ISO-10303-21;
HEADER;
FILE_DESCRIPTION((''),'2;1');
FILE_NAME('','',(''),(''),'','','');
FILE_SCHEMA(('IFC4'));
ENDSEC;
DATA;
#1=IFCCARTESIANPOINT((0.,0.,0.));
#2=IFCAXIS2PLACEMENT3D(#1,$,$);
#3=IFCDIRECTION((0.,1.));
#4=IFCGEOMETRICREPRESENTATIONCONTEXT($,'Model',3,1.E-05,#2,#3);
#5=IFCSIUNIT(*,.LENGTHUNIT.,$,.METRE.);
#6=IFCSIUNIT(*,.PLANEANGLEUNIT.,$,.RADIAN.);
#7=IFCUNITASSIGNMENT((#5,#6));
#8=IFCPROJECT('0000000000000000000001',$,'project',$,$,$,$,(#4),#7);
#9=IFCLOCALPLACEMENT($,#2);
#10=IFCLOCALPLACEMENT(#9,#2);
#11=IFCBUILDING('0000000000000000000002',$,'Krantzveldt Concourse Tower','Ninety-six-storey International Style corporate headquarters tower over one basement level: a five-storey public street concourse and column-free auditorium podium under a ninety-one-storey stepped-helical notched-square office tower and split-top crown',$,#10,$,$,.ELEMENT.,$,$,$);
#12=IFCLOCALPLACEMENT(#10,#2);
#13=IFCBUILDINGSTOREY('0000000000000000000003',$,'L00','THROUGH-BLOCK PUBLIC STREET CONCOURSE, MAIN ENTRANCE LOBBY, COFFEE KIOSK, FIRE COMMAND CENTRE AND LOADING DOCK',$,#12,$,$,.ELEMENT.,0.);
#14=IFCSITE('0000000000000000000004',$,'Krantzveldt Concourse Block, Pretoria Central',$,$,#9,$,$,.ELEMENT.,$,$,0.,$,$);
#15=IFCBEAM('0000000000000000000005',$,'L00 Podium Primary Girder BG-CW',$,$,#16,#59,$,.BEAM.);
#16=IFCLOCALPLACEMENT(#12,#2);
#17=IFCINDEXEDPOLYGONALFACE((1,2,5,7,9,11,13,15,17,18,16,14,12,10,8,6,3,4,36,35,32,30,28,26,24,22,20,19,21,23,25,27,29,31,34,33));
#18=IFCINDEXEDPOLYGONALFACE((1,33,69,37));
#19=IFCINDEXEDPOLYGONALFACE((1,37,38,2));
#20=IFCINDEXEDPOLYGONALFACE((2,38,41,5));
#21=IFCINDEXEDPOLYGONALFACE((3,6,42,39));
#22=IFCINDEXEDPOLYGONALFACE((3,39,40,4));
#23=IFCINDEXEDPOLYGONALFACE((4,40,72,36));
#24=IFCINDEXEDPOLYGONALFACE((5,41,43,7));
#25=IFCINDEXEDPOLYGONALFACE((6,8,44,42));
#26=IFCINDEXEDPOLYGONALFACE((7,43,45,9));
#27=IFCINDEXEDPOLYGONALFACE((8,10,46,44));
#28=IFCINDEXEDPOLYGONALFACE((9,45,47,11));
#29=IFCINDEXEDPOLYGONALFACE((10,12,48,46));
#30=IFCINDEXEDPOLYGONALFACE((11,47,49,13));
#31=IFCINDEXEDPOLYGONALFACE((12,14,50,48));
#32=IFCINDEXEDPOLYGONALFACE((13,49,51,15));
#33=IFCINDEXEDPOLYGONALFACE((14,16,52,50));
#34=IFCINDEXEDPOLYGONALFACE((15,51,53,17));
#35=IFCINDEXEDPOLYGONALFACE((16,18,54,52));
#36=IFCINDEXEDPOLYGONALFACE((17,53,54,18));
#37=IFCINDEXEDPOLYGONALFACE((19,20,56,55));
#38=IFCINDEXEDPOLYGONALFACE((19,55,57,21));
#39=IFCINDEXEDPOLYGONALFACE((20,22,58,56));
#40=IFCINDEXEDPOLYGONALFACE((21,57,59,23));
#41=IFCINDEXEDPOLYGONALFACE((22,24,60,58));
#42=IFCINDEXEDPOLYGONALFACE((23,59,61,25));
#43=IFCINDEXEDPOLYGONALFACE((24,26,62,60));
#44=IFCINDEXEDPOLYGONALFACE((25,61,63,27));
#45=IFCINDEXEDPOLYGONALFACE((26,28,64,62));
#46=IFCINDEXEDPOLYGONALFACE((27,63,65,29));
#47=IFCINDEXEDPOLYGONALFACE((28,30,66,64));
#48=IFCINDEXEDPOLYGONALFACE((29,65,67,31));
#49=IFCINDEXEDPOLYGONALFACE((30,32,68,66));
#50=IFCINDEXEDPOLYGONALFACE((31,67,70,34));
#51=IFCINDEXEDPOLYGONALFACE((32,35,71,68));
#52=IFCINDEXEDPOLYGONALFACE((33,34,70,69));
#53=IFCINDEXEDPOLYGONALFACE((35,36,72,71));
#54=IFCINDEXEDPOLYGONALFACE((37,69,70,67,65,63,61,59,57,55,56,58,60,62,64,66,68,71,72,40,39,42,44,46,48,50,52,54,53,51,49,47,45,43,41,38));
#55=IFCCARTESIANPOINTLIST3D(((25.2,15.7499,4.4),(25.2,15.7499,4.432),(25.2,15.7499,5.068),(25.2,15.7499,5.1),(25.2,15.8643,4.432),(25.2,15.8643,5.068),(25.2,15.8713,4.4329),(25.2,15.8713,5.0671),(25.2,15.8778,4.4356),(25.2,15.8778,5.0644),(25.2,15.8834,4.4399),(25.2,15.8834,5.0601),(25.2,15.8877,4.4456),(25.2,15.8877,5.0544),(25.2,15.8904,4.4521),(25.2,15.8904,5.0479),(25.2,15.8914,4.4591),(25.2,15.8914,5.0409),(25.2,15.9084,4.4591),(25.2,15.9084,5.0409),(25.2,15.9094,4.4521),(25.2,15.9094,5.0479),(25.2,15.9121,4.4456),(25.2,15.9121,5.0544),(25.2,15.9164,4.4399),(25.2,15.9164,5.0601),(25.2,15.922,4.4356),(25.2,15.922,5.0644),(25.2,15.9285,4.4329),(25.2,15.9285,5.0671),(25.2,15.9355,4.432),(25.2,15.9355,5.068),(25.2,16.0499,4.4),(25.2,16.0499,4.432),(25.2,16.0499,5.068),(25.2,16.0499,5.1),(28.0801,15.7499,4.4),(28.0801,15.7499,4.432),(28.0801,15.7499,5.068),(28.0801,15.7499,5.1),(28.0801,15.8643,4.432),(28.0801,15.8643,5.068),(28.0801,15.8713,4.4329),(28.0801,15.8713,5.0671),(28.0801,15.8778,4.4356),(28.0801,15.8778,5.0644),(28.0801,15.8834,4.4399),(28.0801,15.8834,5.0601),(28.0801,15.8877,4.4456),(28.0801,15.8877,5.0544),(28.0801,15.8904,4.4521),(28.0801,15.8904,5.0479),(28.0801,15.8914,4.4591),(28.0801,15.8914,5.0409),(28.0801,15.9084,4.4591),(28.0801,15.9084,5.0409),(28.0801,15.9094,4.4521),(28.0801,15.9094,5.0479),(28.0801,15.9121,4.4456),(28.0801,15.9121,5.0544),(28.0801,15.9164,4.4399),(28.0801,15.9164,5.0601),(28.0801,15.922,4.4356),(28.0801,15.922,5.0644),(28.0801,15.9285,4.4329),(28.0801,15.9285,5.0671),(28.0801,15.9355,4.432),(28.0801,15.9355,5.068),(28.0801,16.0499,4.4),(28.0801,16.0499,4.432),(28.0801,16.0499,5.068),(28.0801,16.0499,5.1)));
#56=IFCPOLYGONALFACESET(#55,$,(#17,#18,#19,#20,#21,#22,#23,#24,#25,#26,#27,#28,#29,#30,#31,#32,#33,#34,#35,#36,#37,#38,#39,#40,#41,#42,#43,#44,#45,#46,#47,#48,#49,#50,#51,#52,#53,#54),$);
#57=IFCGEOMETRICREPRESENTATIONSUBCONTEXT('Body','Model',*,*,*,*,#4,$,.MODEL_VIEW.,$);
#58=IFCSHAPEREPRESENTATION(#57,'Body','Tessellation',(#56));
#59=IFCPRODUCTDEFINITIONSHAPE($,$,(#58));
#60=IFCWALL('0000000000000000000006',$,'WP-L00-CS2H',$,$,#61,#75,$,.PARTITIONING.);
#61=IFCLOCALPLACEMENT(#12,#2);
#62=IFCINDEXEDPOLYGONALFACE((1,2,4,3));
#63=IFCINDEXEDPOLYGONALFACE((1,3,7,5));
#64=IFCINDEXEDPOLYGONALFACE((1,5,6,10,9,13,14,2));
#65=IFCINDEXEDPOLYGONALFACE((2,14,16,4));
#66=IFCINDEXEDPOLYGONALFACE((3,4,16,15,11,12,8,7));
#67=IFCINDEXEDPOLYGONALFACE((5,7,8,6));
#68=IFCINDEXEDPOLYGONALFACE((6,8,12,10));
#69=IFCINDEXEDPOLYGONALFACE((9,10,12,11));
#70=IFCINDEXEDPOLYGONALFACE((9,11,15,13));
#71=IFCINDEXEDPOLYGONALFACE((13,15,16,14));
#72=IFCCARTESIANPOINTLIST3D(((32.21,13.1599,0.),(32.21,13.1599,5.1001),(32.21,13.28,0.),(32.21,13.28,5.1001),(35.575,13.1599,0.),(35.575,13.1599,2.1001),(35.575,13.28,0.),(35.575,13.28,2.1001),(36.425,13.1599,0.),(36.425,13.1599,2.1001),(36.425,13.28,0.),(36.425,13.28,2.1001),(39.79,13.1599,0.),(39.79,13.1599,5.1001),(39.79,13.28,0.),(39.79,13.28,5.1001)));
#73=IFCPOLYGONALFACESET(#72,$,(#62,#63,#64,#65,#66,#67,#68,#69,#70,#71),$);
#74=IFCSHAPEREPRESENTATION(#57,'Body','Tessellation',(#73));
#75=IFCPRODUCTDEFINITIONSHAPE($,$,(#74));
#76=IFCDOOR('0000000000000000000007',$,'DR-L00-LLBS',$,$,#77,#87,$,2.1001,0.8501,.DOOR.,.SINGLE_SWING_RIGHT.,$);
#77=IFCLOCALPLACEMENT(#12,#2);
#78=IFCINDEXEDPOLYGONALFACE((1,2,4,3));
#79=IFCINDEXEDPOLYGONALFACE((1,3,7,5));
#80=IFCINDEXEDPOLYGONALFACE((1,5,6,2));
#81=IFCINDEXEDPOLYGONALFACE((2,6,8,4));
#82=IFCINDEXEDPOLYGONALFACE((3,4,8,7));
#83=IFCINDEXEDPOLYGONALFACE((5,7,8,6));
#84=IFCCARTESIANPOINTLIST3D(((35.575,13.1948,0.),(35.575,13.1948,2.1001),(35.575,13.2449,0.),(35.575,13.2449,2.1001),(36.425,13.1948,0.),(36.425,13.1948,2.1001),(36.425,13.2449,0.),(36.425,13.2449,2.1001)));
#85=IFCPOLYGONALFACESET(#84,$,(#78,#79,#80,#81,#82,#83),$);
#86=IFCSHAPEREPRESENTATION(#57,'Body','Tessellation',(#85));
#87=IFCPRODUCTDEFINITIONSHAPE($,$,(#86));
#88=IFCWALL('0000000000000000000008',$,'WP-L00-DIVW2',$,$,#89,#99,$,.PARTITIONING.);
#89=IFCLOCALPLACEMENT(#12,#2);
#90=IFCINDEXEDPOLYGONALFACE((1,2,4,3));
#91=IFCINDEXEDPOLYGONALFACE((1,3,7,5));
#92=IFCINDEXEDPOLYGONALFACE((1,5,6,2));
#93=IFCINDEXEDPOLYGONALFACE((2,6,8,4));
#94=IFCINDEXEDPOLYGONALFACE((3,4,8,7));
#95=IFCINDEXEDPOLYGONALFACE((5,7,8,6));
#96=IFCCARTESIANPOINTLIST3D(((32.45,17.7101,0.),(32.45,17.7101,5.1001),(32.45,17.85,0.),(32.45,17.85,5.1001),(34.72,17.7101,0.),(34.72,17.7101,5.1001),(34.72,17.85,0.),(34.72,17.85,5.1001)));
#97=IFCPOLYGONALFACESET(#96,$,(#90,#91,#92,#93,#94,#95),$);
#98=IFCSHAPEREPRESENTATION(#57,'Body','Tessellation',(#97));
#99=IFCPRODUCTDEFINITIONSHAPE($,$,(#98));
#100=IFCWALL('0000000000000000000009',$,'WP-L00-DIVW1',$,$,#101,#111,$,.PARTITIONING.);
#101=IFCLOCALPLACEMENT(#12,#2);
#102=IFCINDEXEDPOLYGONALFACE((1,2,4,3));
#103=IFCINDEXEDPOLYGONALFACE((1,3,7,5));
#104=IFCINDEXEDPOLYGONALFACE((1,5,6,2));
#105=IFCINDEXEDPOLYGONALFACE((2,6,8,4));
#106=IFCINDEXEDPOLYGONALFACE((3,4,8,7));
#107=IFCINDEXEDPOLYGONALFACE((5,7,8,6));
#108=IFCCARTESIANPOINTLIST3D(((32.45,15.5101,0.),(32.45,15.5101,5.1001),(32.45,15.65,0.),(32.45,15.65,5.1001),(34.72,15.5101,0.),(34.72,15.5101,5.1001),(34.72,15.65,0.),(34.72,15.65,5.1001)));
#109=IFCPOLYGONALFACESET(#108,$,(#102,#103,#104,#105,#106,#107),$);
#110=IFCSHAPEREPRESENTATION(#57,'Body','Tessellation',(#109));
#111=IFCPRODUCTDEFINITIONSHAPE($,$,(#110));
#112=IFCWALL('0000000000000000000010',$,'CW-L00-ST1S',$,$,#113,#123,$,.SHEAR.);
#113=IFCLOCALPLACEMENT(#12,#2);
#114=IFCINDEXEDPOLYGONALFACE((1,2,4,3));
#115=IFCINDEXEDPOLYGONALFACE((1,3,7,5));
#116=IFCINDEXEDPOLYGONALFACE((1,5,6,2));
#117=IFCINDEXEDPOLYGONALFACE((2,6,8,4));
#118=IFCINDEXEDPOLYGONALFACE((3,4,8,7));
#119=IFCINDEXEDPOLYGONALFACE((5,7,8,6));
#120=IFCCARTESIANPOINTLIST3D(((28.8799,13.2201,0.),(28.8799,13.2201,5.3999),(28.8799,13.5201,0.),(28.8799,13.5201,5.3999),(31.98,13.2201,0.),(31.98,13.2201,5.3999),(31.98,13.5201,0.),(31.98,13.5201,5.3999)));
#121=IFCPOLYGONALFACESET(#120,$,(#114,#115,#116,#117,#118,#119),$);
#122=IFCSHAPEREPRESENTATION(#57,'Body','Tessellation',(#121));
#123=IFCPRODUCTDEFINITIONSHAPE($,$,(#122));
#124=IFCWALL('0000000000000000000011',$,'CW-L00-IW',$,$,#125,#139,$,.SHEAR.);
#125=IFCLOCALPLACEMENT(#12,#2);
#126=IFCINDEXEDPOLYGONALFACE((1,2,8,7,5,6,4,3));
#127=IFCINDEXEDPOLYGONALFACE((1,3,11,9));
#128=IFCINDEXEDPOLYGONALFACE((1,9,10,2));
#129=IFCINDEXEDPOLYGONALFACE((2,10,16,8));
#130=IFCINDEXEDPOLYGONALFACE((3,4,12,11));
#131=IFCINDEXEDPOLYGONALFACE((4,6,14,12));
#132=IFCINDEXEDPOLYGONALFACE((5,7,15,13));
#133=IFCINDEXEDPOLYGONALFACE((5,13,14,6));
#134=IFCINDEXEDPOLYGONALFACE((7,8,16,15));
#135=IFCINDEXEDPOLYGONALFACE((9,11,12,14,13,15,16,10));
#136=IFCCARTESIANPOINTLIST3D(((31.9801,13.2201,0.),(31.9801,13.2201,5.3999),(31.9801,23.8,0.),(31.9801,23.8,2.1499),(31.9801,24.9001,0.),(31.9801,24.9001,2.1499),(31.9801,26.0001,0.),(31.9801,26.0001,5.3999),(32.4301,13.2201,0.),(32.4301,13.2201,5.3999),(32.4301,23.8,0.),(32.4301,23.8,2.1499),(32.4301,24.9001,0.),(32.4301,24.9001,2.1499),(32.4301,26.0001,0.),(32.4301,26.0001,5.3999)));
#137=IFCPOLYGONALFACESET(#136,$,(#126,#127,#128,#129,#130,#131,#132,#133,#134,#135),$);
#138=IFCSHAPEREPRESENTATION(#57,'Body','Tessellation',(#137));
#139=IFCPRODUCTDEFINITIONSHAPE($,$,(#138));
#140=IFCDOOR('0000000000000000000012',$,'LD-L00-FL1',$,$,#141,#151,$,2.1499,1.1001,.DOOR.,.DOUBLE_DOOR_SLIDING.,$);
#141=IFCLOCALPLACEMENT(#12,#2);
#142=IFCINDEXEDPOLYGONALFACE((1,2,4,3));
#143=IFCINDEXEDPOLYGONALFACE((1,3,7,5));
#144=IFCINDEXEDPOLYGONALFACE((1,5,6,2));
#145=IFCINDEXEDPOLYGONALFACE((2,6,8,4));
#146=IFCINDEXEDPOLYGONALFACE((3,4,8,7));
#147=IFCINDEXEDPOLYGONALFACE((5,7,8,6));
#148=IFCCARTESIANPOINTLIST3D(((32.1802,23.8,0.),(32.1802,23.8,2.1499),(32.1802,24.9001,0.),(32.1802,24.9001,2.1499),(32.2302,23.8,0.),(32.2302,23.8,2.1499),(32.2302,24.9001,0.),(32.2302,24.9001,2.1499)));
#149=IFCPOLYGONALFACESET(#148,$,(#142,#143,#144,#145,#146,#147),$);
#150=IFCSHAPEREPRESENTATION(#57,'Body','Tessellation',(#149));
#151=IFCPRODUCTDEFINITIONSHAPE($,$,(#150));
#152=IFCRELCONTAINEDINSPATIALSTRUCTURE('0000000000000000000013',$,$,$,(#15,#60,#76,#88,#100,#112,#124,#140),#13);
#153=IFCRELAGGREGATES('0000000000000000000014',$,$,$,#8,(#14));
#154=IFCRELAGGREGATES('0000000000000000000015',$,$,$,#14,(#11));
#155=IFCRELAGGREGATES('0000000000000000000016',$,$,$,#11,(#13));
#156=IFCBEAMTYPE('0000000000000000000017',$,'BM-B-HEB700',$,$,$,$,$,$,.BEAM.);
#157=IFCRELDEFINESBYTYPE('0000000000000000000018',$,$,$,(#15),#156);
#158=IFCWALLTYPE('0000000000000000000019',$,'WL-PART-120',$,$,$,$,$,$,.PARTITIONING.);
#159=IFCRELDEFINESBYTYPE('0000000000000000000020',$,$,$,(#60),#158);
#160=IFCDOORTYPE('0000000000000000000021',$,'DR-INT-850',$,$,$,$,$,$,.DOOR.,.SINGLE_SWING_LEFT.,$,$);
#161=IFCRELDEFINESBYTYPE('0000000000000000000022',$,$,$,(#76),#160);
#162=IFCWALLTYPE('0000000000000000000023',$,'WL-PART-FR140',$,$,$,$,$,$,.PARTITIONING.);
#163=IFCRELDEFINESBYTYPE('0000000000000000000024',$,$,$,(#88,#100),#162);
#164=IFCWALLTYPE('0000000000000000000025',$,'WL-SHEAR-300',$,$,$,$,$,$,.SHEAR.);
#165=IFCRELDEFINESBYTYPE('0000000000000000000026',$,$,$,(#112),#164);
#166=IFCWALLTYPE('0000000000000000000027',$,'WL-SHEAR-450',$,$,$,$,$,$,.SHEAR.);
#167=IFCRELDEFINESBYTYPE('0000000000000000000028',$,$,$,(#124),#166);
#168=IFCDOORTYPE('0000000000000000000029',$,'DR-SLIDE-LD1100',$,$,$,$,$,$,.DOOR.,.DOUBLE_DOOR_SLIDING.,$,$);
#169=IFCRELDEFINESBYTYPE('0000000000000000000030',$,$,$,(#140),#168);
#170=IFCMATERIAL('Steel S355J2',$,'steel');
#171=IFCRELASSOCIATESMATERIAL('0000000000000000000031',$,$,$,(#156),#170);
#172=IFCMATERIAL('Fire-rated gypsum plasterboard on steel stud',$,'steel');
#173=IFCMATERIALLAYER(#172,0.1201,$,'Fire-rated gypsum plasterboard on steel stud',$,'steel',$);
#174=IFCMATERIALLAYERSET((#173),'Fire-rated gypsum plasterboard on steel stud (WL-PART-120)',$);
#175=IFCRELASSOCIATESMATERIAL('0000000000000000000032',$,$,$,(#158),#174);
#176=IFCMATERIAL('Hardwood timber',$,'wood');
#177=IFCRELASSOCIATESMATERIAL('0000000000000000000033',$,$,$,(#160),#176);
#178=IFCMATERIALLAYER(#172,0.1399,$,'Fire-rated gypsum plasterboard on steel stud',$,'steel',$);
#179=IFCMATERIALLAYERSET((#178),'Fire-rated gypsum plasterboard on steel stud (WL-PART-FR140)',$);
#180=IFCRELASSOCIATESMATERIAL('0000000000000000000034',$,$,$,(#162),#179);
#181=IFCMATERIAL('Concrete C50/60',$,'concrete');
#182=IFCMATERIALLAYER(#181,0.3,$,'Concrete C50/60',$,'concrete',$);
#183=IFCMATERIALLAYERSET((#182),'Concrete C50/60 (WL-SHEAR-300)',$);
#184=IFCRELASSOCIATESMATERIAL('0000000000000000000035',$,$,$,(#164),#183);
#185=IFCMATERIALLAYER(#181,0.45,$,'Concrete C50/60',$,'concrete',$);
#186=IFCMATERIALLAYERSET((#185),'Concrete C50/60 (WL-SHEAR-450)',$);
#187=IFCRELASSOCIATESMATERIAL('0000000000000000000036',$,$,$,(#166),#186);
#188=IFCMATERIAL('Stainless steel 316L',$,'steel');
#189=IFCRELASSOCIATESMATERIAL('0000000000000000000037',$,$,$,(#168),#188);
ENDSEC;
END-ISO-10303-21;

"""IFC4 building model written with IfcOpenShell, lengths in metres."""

from ifc_helpers import new_model, si_unit, direction, frame, frame_2d, origin, origin_2d, place, context, subcontext, project, spatial, rectangle, i_section, extrude, source, transform, mapped, material, layer, layer_set, material_profile, profile_set, type_object, element, fill, save


model = new_model("IFC4")

# Units and contexts
model_context = context("Model", 3, precision=1e-05, world=origin(), true_north=direction((0.0, 1.0)))
body_context = subcontext(model_context, "Body", "Model", "MODEL_VIEW")
ifc_project = project(units=[si_unit("LENGTHUNIT", "METRE"), si_unit("PLANEANGLEUNIT", "RADIAN")], contexts=[model_context])

# Site, building, storey
site_placement = place(None, origin())
site = spatial("IfcSite", under=ifc_project, at=site_placement, Name="Krantzveldt Concourse Block, Pretoria Central", CompositionType="ELEMENT", RefElevation=0.0)
building_placement = place(site_placement, origin())
building = spatial("IfcBuilding", under=site, at=building_placement, Name="Krantzveldt Concourse Tower", Description="Ninety-six-storey International Style corporate headquarters tower over one basement level: a five-storey public street concourse and column-free auditorium podium under a ninety-one-storey stepped-helical notched-square office tower and split-top crown", CompositionType="ELEMENT")
storey_placement = place(building_placement, origin())
storey = spatial("IfcBuildingStorey", under=building, at=storey_placement, Name="L00", Description="THROUGH-BLOCK PUBLIC STREET CONCOURSE, MAIN ENTRANCE LOBBY, COFFEE KIOSK, FIRE COMMAND CENTRE AND LOADING DOCK", CompositionType="ELEMENT", Elevation=0.0)

# Beam
ifc_material_1 = material(Name="Steel S355J2", Category="steel")
ifc_material_profile_1 = material_profile(ifc_material_1, i_section(OverallWidth=0.3, OverallDepth=0.7, WebThickness=0.0171, FlangeThickness=0.032, FilletRadius=0.0271, at=origin_2d()), Name="Steel S355J2", Category="steel")
ifc_profile_set_1 = profile_set([ifc_material_profile_1], Name="Steel S355J2 - HEB 700")
beam_type_1 = type_object("IfcBeamType", Name="BM-B-HEB700", PredefinedType="BEAM", material=ifc_profile_set_1)
shared_shape_1 = source(origin(), body_context, "Body", "SweptSolid", [
    extrude(i_section(OverallWidth=0.3, OverallDepth=0.7, WebThickness=0.0171, FlangeThickness=0.032, FilletRadius=0.0271, at=origin_2d()), origin(), (0.0, 0.0, 1.0), 2.8801),
])
beam_1_placement = place(storey_placement, frame((25.2, 15.8999, 4.75), z_axis=(1.0, 0.0, 0.0), x_axis=(0.0, 1.0, 0.0)))
element("IfcBeam", 1, at=beam_1_placement, inside=storey, type_object=beam_type_1, Name="L00 Podium Primary Girder BG-CW", PredefinedType="BEAM", context=body_context, shape_type="MappedRepresentation", body=[
    mapped(shared_shape_1, transform((0.0, 0.0, 0.0), x_axis=(1.0, 0.0, 0.0), y_axis=(0.0, 1.0, 0.0), z_axis=(0.0, 0.0, 1.0), scale=1.0)),
])

# Wall, opening, door
ifc_material_2 = material(Name="Fire-rated gypsum plasterboard on steel stud", Category="steel")
ifc_layer_1 = layer(ifc_material_2, 0.1201, Name="Fire-rated gypsum plasterboard on steel stud", Category="steel")
ifc_layer_set_1 = layer_set([ifc_layer_1], Name="Fire-rated gypsum plasterboard on steel stud (WL-PART-120)")
wall_type_1 = type_object("IfcWallType", Name="WL-PART-120", PredefinedType="PARTITIONING", material=ifc_layer_set_1)
wall_1_placement = place(storey_placement, frame((32.21, 13.22, 0.0), z_axis=(0.0, 0.0, 1.0), x_axis=(1.0, 0.0, 0.0)))
wall_1 = element("IfcWall", 2, at=wall_1_placement, inside=storey, type_object=wall_type_1, Name="WP-L00-CS2H", PredefinedType="PARTITIONING", context=body_context, shape_type="SweptSolid", body=[
    extrude(rectangle(XDim=7.5801, YDim=0.1201, at=frame_2d((3.79, 0.0))), origin(), (0.0, 0.0, 1.0), 5.1001),
])
opening_1_placement = place(wall_1_placement, frame((3.365, 0.0, 0.0)))
opening_1 = element("IfcOpeningElement", 3, at=opening_1_placement, cuts=wall_1, PredefinedType="OPENING", context=body_context, shape_type="SweptSolid", body=[
    extrude(rectangle(XDim=0.8501, YDim=2.1001, at=frame_2d((0.425, 1.05))), frame((0.0, 0.0701, 0.0), z_axis=(0.0, -1.0, 0.0), x_axis=(1.0, 0.0, 0.0)), (0.0, 0.0, 1.0), 0.1401),
])
ifc_material_3 = material(Name="Hardwood timber", Category="wood")
door_type_1 = type_object("IfcDoorType", Name="DR-INT-850", OperationType="SINGLE_SWING_LEFT", PredefinedType="DOOR", material=ifc_material_3)
door_1_placement = place(opening_1_placement, origin())
door_1 = element("IfcDoor", 4, at=door_1_placement, inside=storey, type_object=door_type_1, Name="DR-L00-LLBS", OperationType="SINGLE_SWING_RIGHT", OverallHeight=2.1001, OverallWidth=0.8501, PredefinedType="DOOR", context=body_context, shape_type="SweptSolid", body=[
    extrude(rectangle(XDim=0.8501, YDim=2.1001, at=frame_2d((0.425, 1.05))), frame((0.0, 0.0249, 0.0), z_axis=(0.0, -1.0, 0.0), x_axis=(1.0, 0.0, 0.0)), (0.0, 0.0, 1.0), 0.05),
])
fill(opening_1, door_1)

# Walls
ifc_layer_2 = layer(ifc_material_2, 0.1399, Name="Fire-rated gypsum plasterboard on steel stud", Category="steel")
ifc_layer_set_2 = layer_set([ifc_layer_2], Name="Fire-rated gypsum plasterboard on steel stud (WL-PART-FR140)")
wall_type_2 = type_object("IfcWallType", Name="WL-PART-FR140", PredefinedType="PARTITIONING", material=ifc_layer_set_2)
for number, where, z_axis, x_axis, name in (
    (5, (32.45, 17.78, 0.0), (0.0, 0.0, 1.0), (1.0, 0.0, 0.0), "WP-L00-DIVW2"),
    (6, (32.45, 15.5801, 0.0), (0.0, 0.0, 1.0), (1.0, 0.0, 0.0), "WP-L00-DIVW1"),
):
    element("IfcWall", number, at=place(storey_placement, frame(where, z_axis=z_axis, x_axis=x_axis)), inside=storey, type_object=wall_type_2, Name=name, PredefinedType="PARTITIONING", context=body_context, shape_type="SweptSolid", body=[
        extrude(rectangle(XDim=2.27, YDim=0.1399, at=frame_2d((1.135, 0.0))), origin(), (0.0, 0.0, 1.0), 5.1001),
    ])
ifc_material_4 = material(Name="Concrete C50/60", Category="concrete")
ifc_layer_3 = layer(ifc_material_4, 0.3, Name="Concrete C50/60", Category="concrete")
ifc_layer_set_3 = layer_set([ifc_layer_3], Name="Concrete C50/60 (WL-SHEAR-300)")
wall_type_3 = type_object("IfcWallType", Name="WL-SHEAR-300", PredefinedType="SHEAR", material=ifc_layer_set_3)
wall_2_placement = place(storey_placement, frame((28.8799, 13.3701, 0.0), z_axis=(0.0, 0.0, 1.0), x_axis=(1.0, 0.0, 0.0)))
element("IfcWall", 7, at=wall_2_placement, inside=storey, type_object=wall_type_3, Name="CW-L00-ST1S", PredefinedType="SHEAR", context=body_context, shape_type="SweptSolid", body=[
    extrude(rectangle(XDim=3.1001, YDim=0.3, at=frame_2d((1.55, 0.0))), origin(), (0.0, 0.0, 1.0), 5.3999),
])

# Wall, opening, door
ifc_layer_4 = layer(ifc_material_4, 0.45, Name="Concrete C50/60", Category="concrete")
ifc_layer_set_4 = layer_set([ifc_layer_4], Name="Concrete C50/60 (WL-SHEAR-450)")
wall_type_4 = type_object("IfcWallType", Name="WL-SHEAR-450", PredefinedType="SHEAR", material=ifc_layer_set_4)
wall_3_placement = place(storey_placement, frame((32.2051, 13.22, 0.0), z_axis=(0.0, 0.0, 1.0), x_axis=(0.0, 1.0, 0.0)))
wall_3 = element("IfcWall", 8, at=wall_3_placement, inside=storey, type_object=wall_type_4, Name="CW-L00-IW", PredefinedType="SHEAR", context=body_context, shape_type="SweptSolid", body=[
    extrude(rectangle(XDim=12.78, YDim=0.45, at=frame_2d((6.3901, 0.0))), origin(), (0.0, 0.0, 1.0), 5.3999),
])
opening_2_placement = place(wall_3_placement, frame((10.5801, 0.0, 0.0)))
opening_2 = element("IfcOpeningElement", 9, at=opening_2_placement, cuts=wall_3, PredefinedType="OPENING", context=body_context, shape_type="SweptSolid", body=[
    extrude(rectangle(XDim=1.1001, YDim=2.1499, at=frame_2d((0.55, 1.075))), frame((0.0, 0.2349, 0.0), z_axis=(0.0, -1.0, 0.0), x_axis=(1.0, 0.0, 0.0)), (0.0, 0.0, 1.0), 0.47),
])
ifc_material_5 = material(Name="Stainless steel 316L", Category="steel")
door_type_2 = type_object("IfcDoorType", Name="DR-SLIDE-LD1100", OperationType="DOUBLE_DOOR_SLIDING", PredefinedType="DOOR", material=ifc_material_5)
door_2_placement = place(opening_2_placement, origin())
door_2 = element("IfcDoor", 10, at=door_2_placement, inside=storey, type_object=door_type_2, Name="LD-L00-FL1", OperationType="DOUBLE_DOOR_SLIDING", OverallHeight=2.1499, OverallWidth=1.1001, PredefinedType="DOOR", context=body_context, shape_type="SweptSolid", body=[
    extrude(rectangle(XDim=1.1001, YDim=2.1499, at=frame_2d((0.55, 1.075))), frame((0.0, 0.0249, 0.0), z_axis=(0.0, -1.0, 0.0), x_axis=(1.0, 0.0, 0.0)), (0.0, 0.0, 1.0), 0.05),
])
fill(opening_2, door_2)

save(model, "model.ifc")
